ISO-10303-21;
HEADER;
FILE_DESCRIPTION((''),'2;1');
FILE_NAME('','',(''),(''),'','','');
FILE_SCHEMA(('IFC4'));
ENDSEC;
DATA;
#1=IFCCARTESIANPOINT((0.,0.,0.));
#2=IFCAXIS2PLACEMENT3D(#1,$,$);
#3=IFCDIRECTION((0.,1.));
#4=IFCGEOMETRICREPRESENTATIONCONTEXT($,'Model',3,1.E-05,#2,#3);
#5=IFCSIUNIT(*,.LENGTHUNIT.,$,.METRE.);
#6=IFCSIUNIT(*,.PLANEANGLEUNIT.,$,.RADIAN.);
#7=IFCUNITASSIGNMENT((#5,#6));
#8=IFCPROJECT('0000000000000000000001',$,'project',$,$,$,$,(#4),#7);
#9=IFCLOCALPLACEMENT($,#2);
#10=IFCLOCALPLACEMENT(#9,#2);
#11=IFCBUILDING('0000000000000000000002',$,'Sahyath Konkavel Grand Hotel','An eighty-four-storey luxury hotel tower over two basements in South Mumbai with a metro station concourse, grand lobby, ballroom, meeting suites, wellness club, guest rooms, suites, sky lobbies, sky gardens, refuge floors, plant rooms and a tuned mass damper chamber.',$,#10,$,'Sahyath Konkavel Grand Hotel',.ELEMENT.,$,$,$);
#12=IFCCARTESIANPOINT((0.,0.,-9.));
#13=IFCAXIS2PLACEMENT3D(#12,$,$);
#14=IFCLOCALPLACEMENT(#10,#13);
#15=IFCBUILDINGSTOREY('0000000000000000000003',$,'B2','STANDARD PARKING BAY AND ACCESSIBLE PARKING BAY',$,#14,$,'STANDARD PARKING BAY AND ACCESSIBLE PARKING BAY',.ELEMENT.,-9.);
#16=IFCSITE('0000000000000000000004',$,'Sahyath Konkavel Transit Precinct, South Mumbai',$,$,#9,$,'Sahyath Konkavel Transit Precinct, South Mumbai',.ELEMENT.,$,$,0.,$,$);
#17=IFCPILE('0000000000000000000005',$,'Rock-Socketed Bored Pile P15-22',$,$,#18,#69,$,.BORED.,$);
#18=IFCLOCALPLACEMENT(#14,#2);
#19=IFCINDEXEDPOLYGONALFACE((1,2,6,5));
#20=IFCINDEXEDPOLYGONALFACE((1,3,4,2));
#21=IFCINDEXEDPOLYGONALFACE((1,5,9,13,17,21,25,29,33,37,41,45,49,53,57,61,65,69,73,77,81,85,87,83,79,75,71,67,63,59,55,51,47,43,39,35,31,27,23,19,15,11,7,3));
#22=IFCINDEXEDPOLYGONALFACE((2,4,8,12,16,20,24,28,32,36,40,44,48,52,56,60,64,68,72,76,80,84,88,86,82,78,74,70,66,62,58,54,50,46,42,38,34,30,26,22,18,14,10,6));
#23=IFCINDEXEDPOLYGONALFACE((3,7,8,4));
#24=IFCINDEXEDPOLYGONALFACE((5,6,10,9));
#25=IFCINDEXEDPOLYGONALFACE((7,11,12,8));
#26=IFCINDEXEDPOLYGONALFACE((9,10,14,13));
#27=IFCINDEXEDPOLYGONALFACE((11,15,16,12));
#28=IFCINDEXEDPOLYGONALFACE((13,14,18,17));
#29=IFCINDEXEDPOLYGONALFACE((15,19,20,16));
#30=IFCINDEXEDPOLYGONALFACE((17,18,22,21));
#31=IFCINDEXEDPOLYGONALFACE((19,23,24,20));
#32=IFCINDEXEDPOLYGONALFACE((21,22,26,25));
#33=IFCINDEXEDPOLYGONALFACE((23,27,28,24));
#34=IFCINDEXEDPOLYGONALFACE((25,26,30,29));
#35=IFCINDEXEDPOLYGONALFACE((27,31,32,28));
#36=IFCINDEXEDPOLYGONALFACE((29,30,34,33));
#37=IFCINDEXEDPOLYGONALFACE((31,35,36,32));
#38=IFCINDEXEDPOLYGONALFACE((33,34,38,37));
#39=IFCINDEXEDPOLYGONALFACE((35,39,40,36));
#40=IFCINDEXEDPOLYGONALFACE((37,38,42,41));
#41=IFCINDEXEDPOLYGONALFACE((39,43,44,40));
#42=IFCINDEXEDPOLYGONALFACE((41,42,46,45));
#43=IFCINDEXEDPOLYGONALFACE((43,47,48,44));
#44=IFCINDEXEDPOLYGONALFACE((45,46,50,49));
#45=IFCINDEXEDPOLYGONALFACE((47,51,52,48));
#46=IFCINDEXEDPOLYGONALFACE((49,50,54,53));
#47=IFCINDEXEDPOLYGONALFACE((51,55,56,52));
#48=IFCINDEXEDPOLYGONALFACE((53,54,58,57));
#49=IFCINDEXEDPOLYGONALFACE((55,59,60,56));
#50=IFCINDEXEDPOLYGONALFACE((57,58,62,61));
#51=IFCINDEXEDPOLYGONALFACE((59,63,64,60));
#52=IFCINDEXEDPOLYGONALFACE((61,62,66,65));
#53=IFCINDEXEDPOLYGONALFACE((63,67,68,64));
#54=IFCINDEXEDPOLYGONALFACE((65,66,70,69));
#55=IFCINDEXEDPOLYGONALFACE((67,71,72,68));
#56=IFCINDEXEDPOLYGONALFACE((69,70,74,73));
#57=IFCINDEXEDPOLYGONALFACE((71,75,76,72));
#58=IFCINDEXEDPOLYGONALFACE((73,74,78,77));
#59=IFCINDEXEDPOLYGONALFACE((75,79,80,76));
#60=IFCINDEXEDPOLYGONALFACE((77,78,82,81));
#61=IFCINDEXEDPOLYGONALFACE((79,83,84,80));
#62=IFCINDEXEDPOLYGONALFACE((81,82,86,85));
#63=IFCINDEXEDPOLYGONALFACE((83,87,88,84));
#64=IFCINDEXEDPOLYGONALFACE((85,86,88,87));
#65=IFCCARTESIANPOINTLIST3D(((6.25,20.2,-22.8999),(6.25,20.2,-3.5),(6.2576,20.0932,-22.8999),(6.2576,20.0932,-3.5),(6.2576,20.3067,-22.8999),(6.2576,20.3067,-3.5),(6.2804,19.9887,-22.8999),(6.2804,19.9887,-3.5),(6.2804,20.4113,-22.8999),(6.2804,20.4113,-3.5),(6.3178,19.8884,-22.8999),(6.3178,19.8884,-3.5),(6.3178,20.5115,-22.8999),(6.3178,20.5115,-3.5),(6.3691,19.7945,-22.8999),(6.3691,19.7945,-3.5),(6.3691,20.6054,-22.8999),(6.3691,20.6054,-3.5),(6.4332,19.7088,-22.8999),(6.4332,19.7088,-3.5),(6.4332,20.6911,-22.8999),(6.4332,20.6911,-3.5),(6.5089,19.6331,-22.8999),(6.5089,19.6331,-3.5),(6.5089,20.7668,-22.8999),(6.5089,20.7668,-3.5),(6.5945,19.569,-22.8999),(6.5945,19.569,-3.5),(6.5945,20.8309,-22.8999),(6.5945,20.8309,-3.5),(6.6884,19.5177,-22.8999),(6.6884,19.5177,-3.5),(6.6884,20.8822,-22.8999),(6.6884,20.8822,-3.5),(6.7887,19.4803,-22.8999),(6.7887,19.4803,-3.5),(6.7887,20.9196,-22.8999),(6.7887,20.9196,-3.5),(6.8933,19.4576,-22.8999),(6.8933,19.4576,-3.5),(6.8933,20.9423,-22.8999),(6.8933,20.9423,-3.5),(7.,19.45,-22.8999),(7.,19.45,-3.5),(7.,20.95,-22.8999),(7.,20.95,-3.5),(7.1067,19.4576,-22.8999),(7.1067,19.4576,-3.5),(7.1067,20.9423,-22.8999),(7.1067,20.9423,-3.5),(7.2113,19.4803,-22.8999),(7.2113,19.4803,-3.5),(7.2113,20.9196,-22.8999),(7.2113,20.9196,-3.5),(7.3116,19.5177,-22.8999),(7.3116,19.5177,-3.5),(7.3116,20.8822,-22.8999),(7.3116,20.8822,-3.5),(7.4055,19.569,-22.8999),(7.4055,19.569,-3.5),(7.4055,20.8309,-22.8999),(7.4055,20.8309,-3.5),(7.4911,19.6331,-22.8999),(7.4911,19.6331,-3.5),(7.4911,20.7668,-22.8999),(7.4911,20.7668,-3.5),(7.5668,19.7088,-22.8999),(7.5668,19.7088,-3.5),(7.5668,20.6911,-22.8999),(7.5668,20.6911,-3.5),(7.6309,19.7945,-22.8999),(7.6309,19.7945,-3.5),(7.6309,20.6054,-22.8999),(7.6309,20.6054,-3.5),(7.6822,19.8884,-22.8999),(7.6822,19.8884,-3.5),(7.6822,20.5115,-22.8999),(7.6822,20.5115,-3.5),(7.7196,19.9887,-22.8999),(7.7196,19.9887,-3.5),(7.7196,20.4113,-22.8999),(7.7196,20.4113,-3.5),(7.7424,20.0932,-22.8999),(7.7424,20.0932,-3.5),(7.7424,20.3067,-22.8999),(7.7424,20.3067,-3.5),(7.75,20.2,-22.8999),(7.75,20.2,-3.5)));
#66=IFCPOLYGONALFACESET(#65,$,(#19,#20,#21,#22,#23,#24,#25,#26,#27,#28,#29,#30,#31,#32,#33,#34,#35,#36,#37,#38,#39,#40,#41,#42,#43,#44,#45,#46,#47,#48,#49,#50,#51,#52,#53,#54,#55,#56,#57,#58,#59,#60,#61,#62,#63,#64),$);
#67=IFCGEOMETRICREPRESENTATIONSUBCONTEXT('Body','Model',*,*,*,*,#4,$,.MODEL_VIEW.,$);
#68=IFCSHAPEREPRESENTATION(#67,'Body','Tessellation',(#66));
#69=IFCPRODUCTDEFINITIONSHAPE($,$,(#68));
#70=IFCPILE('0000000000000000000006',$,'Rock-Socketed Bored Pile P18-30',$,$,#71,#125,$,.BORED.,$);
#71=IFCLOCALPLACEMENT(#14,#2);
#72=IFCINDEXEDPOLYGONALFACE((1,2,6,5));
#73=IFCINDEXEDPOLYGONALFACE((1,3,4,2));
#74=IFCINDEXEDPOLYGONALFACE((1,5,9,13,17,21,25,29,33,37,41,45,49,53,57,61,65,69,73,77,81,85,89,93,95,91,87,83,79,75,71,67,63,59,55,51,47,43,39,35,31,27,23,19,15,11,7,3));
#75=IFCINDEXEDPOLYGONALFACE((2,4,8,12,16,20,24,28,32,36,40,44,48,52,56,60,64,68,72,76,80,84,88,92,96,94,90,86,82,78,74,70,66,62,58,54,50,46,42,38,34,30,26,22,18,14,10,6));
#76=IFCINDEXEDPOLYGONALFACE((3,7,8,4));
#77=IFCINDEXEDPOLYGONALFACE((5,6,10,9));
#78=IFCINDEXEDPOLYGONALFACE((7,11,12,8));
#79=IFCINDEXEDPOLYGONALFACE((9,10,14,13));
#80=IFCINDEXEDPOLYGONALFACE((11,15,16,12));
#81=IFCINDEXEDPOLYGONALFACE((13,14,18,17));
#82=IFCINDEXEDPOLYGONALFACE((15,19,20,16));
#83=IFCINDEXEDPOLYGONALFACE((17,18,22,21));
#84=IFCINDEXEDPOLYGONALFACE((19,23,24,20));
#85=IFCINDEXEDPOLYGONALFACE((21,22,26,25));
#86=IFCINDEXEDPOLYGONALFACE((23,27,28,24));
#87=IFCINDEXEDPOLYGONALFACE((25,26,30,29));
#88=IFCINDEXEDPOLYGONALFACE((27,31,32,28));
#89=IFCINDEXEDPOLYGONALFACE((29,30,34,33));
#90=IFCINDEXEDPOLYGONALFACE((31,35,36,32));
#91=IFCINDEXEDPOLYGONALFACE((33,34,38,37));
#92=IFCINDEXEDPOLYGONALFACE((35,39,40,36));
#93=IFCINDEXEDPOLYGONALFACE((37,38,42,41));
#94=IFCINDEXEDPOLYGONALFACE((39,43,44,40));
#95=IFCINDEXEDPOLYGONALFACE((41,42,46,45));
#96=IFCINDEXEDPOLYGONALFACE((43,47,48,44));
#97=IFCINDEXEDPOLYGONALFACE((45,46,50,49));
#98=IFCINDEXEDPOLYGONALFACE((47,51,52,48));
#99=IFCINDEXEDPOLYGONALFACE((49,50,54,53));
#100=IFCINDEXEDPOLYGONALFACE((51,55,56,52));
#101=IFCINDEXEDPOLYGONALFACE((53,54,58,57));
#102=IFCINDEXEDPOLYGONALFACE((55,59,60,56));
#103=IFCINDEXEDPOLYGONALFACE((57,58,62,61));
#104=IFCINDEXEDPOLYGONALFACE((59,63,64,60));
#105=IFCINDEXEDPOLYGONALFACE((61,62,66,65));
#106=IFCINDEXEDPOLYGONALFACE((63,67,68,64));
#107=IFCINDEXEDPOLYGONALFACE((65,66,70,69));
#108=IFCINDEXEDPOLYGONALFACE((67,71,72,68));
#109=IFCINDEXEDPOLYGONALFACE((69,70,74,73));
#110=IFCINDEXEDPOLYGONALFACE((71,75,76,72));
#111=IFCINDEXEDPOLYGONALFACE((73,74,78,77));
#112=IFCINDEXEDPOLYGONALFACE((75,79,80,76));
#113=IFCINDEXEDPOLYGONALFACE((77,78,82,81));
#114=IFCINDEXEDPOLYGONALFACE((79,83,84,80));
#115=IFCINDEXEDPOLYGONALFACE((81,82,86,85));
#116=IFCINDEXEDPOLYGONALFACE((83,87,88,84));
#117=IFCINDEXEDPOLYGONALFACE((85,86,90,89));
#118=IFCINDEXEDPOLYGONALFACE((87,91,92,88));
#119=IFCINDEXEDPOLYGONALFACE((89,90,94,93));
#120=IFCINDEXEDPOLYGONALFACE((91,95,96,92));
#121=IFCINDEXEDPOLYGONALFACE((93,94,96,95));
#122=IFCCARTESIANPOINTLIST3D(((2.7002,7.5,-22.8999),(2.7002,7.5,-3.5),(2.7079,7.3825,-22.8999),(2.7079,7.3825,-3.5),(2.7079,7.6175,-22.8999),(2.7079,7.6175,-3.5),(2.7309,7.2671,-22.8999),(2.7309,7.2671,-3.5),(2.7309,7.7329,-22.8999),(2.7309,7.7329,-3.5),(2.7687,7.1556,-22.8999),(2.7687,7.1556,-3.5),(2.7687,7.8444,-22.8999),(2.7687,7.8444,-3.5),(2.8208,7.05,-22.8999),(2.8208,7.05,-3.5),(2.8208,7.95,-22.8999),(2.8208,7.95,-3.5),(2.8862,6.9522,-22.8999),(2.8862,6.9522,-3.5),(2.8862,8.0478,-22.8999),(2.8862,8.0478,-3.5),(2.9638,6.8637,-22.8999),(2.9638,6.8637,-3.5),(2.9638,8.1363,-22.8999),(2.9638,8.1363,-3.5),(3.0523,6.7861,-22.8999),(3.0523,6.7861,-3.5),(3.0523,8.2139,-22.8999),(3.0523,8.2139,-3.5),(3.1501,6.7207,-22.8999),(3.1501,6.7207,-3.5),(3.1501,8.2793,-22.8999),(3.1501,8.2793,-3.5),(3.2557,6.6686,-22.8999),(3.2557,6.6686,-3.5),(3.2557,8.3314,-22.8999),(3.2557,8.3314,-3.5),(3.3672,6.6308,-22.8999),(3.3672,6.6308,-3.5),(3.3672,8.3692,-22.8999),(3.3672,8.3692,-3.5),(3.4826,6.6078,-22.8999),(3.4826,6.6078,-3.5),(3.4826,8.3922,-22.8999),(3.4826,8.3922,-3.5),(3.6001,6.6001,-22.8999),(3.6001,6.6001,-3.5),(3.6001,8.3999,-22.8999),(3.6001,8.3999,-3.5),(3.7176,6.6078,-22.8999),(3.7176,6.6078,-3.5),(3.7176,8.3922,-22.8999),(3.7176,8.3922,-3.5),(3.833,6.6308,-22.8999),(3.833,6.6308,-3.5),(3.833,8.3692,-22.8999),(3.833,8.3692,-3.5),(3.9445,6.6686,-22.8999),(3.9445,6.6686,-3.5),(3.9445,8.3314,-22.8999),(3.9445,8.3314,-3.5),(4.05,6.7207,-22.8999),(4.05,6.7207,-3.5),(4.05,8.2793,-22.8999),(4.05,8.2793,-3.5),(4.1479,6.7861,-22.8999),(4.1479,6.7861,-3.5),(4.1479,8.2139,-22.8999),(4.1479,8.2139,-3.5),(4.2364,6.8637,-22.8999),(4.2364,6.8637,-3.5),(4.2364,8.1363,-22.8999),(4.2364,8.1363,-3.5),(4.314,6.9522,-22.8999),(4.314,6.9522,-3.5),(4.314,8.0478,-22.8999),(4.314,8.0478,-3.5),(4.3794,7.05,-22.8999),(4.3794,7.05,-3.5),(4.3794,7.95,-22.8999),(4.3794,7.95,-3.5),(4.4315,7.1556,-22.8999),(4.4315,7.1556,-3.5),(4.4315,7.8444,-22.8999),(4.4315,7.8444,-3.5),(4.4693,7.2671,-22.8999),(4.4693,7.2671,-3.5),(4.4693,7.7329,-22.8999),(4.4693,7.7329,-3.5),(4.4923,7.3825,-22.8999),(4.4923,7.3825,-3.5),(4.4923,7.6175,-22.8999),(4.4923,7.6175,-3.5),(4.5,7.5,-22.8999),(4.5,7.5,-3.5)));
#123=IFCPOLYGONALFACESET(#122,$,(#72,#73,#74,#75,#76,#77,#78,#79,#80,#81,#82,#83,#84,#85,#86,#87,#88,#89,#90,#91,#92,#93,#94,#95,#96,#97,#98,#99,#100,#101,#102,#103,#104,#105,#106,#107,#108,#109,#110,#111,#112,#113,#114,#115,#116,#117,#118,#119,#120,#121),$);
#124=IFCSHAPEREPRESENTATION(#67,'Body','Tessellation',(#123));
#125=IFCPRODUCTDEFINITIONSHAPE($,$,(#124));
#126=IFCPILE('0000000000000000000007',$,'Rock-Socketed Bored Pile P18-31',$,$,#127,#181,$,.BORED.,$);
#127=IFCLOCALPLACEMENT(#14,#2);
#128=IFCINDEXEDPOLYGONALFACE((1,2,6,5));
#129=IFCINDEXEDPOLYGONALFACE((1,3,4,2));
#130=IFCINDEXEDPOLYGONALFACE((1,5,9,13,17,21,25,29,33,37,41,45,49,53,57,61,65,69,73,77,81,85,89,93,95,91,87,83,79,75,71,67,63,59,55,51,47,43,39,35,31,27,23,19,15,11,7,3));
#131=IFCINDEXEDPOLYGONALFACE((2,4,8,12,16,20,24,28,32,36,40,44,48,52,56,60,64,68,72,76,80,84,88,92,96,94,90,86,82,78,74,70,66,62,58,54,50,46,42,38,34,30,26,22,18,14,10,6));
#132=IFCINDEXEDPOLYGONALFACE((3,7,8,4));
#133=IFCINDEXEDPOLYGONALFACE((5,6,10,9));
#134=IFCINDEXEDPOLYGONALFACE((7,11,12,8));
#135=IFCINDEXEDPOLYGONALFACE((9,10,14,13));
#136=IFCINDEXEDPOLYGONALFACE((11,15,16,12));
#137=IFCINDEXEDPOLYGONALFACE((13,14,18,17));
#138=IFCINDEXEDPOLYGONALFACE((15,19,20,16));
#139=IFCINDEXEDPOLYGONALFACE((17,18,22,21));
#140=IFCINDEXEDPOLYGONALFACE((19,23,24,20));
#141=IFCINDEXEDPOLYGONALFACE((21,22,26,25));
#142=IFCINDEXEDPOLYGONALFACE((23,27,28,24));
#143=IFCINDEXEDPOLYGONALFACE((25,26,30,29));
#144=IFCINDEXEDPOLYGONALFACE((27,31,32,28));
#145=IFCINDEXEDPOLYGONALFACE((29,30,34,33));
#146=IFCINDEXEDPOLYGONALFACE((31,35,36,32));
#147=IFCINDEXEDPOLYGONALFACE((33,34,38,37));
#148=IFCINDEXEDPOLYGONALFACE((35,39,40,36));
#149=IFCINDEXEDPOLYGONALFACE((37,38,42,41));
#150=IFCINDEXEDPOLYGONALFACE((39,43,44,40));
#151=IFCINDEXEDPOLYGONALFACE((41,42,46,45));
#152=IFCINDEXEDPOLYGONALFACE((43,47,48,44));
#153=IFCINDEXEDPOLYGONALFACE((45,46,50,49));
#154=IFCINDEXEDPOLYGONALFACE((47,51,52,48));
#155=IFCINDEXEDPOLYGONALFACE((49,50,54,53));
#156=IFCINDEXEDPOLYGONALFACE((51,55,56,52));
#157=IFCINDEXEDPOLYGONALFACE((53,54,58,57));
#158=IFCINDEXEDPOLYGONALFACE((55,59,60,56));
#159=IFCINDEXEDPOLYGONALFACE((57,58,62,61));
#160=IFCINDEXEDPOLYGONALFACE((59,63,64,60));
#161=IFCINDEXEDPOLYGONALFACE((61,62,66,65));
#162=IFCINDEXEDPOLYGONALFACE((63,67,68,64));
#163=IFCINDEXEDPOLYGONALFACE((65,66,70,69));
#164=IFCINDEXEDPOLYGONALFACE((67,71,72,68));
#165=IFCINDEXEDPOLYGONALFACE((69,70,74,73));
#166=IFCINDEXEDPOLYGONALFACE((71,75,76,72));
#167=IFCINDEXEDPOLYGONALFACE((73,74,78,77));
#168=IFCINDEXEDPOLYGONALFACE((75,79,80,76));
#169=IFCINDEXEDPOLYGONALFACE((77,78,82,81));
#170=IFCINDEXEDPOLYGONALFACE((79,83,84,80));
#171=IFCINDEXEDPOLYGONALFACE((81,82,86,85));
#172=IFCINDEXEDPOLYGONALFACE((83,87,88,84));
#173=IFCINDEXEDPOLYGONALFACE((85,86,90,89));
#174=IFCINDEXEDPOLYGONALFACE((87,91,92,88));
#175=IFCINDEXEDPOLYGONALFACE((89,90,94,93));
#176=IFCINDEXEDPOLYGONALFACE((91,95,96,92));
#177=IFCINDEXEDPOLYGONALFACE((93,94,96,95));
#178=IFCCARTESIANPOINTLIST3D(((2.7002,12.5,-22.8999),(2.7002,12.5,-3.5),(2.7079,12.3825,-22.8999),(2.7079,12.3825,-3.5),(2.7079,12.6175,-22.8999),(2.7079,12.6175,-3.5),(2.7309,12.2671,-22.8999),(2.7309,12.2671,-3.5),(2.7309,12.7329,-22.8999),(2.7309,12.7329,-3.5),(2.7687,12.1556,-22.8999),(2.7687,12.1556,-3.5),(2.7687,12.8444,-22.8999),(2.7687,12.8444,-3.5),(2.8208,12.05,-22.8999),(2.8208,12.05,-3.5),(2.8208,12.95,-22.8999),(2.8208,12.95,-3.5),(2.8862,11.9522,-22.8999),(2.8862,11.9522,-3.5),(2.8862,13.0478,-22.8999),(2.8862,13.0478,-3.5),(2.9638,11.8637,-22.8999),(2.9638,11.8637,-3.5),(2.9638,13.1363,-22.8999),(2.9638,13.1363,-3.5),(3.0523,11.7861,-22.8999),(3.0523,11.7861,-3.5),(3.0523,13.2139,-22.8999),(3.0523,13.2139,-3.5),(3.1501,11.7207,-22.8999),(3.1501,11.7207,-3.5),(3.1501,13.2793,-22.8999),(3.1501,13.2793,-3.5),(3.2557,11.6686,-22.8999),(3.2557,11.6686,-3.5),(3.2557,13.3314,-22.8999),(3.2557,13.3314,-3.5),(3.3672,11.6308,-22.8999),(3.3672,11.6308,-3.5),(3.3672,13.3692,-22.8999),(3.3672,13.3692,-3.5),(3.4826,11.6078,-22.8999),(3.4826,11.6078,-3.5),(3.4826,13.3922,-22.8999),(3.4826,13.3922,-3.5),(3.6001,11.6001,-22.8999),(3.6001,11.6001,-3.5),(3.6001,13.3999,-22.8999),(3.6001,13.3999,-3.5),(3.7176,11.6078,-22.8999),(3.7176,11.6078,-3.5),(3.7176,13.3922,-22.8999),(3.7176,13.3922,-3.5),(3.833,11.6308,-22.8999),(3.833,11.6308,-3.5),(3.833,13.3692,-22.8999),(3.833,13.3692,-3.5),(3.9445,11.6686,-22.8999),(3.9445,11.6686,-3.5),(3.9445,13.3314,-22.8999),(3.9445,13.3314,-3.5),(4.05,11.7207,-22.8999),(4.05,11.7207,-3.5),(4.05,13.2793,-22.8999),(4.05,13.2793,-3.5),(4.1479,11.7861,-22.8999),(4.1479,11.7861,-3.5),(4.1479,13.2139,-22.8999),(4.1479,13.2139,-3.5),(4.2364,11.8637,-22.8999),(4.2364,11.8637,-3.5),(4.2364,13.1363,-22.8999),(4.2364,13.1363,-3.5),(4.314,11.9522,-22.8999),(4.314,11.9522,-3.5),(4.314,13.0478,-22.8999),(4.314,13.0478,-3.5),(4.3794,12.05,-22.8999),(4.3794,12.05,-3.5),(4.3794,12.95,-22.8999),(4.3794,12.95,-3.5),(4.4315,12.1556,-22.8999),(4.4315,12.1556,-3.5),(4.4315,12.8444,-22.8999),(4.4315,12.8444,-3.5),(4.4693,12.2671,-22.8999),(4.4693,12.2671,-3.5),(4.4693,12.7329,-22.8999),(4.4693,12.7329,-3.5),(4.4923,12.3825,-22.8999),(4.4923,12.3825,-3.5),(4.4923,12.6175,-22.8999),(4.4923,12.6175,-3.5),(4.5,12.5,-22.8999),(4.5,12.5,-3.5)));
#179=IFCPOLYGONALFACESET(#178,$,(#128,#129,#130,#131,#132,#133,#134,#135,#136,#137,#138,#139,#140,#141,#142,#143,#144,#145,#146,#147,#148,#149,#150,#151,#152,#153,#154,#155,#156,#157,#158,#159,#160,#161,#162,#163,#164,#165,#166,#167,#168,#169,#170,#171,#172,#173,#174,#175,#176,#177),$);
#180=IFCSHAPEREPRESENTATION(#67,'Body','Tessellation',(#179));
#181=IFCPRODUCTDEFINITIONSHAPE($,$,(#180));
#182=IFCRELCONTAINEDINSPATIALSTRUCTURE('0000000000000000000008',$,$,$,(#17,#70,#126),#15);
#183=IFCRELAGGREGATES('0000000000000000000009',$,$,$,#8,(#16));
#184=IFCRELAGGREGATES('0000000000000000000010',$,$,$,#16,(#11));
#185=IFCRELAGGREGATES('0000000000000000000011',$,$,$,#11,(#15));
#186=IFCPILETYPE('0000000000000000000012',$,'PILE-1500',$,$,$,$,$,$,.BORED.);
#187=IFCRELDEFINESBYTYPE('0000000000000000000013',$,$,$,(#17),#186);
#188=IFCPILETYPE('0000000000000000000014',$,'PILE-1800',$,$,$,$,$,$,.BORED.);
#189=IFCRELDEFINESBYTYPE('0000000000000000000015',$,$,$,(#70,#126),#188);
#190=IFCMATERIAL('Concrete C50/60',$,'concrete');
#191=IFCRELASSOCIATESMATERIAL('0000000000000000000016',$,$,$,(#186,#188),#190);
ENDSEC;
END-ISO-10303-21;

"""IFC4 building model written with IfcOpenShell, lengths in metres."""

from ifc_helpers import new_model, si_unit, direction, frame, origin, origin_2d, place, context, subcontext, project, spatial, circle, extrude, material, material_profile, profile_set, type_object, element, save


model = new_model("IFC4")

# Units and contexts
model_context = context("Model", 3, precision=1e-05, world=origin(), true_north=direction((0.0, 1.0)))
body_context = subcontext(model_context, "Body", "Model", "MODEL_VIEW")
ifc_project = project(units=[si_unit("LENGTHUNIT", "METRE"), si_unit("PLANEANGLEUNIT", "RADIAN")], contexts=[model_context])

# Site, building, storey
site_placement = place(None, origin())
site = spatial("IfcSite", under=ifc_project, at=site_placement, Name="Sahyath Konkavel Transit Precinct, South Mumbai", LongName="Sahyath Konkavel Transit Precinct, South Mumbai", CompositionType="ELEMENT", RefElevation=0.0)
building_placement = place(site_placement, origin())
building = spatial("IfcBuilding", under=site, at=building_placement, Name="Sahyath Konkavel Grand Hotel", Description="An eighty-four-storey luxury hotel tower over two basements in South Mumbai with a metro station concourse, grand lobby, ballroom, meeting suites, wellness club, guest rooms, suites, sky lobbies, sky gardens, refuge floors, plant rooms and a tuned mass damper chamber.", LongName="Sahyath Konkavel Grand Hotel", CompositionType="ELEMENT")
storey_placement = place(building_placement, frame((0.0, 0.0, -9.0)))
storey = spatial("IfcBuildingStorey", under=building, at=storey_placement, Name="B2", Description="STANDARD PARKING BAY AND ACCESSIBLE PARKING BAY", LongName="STANDARD PARKING BAY AND ACCESSIBLE PARKING BAY", CompositionType="ELEMENT", Elevation=-9.0)

# Piles
ifc_material_1 = material(Name="Concrete C50/60", Category="concrete")
ifc_material_profile_1 = material_profile(ifc_material_1, circle(Radius=0.75, at=origin_2d()), Name="PILE D1500")
ifc_profile_set_1 = profile_set([ifc_material_profile_1], Name="Concrete C50/60")
pile_type_1 = type_object("IfcPileType", Name="PILE-1500", PredefinedType="BORED", material=ifc_profile_set_1)
pile_placement = place(storey_placement, frame((7.0, 20.2, -3.5), z_axis=(0.0, 0.0, -1.0), x_axis=(1.0, 0.0, 0.0)))
element("IfcPile", 1, at=pile_placement, inside=storey, type_object=pile_type_1, Name="Rock-Socketed Bored Pile P15-22", PredefinedType="BORED", context=body_context, shape_type="SweptSolid", body=[
    extrude(circle(Radius=0.75, at=origin_2d()), origin(), (0.0, 0.0, 1.0), 19.3999),
])
ifc_material_profile_2 = material_profile(ifc_material_1, circle(Radius=0.8999, at=origin_2d()), Name="PILE D1800")
ifc_profile_set_2 = profile_set([ifc_material_profile_2], Name="Concrete C50/60")
pile_type_2 = type_object("IfcPileType", Name="PILE-1800", PredefinedType="BORED", material=ifc_profile_set_2)
for number, where, z_axis, x_axis, name in (
    (2, (3.6001, 7.5, -3.5), (0.0, 0.0, -1.0), (1.0, 0.0, 0.0), "Rock-Socketed Bored Pile P18-30"),
    (3, (3.6001, 12.5, -3.5), (0.0, 0.0, -1.0), (1.0, 0.0, 0.0), "Rock-Socketed Bored Pile P18-31"),
):
    element("IfcPile", number, at=place(storey_placement, frame(where, z_axis=z_axis, x_axis=x_axis)), inside=storey, type_object=pile_type_2, Name=name, PredefinedType="BORED", context=body_context, shape_type="SweptSolid", body=[
        extrude(circle(Radius=0.8999, at=origin_2d()), origin(), (0.0, 0.0, 1.0), 19.3999),
    ])

save(model, "model.ifc")
